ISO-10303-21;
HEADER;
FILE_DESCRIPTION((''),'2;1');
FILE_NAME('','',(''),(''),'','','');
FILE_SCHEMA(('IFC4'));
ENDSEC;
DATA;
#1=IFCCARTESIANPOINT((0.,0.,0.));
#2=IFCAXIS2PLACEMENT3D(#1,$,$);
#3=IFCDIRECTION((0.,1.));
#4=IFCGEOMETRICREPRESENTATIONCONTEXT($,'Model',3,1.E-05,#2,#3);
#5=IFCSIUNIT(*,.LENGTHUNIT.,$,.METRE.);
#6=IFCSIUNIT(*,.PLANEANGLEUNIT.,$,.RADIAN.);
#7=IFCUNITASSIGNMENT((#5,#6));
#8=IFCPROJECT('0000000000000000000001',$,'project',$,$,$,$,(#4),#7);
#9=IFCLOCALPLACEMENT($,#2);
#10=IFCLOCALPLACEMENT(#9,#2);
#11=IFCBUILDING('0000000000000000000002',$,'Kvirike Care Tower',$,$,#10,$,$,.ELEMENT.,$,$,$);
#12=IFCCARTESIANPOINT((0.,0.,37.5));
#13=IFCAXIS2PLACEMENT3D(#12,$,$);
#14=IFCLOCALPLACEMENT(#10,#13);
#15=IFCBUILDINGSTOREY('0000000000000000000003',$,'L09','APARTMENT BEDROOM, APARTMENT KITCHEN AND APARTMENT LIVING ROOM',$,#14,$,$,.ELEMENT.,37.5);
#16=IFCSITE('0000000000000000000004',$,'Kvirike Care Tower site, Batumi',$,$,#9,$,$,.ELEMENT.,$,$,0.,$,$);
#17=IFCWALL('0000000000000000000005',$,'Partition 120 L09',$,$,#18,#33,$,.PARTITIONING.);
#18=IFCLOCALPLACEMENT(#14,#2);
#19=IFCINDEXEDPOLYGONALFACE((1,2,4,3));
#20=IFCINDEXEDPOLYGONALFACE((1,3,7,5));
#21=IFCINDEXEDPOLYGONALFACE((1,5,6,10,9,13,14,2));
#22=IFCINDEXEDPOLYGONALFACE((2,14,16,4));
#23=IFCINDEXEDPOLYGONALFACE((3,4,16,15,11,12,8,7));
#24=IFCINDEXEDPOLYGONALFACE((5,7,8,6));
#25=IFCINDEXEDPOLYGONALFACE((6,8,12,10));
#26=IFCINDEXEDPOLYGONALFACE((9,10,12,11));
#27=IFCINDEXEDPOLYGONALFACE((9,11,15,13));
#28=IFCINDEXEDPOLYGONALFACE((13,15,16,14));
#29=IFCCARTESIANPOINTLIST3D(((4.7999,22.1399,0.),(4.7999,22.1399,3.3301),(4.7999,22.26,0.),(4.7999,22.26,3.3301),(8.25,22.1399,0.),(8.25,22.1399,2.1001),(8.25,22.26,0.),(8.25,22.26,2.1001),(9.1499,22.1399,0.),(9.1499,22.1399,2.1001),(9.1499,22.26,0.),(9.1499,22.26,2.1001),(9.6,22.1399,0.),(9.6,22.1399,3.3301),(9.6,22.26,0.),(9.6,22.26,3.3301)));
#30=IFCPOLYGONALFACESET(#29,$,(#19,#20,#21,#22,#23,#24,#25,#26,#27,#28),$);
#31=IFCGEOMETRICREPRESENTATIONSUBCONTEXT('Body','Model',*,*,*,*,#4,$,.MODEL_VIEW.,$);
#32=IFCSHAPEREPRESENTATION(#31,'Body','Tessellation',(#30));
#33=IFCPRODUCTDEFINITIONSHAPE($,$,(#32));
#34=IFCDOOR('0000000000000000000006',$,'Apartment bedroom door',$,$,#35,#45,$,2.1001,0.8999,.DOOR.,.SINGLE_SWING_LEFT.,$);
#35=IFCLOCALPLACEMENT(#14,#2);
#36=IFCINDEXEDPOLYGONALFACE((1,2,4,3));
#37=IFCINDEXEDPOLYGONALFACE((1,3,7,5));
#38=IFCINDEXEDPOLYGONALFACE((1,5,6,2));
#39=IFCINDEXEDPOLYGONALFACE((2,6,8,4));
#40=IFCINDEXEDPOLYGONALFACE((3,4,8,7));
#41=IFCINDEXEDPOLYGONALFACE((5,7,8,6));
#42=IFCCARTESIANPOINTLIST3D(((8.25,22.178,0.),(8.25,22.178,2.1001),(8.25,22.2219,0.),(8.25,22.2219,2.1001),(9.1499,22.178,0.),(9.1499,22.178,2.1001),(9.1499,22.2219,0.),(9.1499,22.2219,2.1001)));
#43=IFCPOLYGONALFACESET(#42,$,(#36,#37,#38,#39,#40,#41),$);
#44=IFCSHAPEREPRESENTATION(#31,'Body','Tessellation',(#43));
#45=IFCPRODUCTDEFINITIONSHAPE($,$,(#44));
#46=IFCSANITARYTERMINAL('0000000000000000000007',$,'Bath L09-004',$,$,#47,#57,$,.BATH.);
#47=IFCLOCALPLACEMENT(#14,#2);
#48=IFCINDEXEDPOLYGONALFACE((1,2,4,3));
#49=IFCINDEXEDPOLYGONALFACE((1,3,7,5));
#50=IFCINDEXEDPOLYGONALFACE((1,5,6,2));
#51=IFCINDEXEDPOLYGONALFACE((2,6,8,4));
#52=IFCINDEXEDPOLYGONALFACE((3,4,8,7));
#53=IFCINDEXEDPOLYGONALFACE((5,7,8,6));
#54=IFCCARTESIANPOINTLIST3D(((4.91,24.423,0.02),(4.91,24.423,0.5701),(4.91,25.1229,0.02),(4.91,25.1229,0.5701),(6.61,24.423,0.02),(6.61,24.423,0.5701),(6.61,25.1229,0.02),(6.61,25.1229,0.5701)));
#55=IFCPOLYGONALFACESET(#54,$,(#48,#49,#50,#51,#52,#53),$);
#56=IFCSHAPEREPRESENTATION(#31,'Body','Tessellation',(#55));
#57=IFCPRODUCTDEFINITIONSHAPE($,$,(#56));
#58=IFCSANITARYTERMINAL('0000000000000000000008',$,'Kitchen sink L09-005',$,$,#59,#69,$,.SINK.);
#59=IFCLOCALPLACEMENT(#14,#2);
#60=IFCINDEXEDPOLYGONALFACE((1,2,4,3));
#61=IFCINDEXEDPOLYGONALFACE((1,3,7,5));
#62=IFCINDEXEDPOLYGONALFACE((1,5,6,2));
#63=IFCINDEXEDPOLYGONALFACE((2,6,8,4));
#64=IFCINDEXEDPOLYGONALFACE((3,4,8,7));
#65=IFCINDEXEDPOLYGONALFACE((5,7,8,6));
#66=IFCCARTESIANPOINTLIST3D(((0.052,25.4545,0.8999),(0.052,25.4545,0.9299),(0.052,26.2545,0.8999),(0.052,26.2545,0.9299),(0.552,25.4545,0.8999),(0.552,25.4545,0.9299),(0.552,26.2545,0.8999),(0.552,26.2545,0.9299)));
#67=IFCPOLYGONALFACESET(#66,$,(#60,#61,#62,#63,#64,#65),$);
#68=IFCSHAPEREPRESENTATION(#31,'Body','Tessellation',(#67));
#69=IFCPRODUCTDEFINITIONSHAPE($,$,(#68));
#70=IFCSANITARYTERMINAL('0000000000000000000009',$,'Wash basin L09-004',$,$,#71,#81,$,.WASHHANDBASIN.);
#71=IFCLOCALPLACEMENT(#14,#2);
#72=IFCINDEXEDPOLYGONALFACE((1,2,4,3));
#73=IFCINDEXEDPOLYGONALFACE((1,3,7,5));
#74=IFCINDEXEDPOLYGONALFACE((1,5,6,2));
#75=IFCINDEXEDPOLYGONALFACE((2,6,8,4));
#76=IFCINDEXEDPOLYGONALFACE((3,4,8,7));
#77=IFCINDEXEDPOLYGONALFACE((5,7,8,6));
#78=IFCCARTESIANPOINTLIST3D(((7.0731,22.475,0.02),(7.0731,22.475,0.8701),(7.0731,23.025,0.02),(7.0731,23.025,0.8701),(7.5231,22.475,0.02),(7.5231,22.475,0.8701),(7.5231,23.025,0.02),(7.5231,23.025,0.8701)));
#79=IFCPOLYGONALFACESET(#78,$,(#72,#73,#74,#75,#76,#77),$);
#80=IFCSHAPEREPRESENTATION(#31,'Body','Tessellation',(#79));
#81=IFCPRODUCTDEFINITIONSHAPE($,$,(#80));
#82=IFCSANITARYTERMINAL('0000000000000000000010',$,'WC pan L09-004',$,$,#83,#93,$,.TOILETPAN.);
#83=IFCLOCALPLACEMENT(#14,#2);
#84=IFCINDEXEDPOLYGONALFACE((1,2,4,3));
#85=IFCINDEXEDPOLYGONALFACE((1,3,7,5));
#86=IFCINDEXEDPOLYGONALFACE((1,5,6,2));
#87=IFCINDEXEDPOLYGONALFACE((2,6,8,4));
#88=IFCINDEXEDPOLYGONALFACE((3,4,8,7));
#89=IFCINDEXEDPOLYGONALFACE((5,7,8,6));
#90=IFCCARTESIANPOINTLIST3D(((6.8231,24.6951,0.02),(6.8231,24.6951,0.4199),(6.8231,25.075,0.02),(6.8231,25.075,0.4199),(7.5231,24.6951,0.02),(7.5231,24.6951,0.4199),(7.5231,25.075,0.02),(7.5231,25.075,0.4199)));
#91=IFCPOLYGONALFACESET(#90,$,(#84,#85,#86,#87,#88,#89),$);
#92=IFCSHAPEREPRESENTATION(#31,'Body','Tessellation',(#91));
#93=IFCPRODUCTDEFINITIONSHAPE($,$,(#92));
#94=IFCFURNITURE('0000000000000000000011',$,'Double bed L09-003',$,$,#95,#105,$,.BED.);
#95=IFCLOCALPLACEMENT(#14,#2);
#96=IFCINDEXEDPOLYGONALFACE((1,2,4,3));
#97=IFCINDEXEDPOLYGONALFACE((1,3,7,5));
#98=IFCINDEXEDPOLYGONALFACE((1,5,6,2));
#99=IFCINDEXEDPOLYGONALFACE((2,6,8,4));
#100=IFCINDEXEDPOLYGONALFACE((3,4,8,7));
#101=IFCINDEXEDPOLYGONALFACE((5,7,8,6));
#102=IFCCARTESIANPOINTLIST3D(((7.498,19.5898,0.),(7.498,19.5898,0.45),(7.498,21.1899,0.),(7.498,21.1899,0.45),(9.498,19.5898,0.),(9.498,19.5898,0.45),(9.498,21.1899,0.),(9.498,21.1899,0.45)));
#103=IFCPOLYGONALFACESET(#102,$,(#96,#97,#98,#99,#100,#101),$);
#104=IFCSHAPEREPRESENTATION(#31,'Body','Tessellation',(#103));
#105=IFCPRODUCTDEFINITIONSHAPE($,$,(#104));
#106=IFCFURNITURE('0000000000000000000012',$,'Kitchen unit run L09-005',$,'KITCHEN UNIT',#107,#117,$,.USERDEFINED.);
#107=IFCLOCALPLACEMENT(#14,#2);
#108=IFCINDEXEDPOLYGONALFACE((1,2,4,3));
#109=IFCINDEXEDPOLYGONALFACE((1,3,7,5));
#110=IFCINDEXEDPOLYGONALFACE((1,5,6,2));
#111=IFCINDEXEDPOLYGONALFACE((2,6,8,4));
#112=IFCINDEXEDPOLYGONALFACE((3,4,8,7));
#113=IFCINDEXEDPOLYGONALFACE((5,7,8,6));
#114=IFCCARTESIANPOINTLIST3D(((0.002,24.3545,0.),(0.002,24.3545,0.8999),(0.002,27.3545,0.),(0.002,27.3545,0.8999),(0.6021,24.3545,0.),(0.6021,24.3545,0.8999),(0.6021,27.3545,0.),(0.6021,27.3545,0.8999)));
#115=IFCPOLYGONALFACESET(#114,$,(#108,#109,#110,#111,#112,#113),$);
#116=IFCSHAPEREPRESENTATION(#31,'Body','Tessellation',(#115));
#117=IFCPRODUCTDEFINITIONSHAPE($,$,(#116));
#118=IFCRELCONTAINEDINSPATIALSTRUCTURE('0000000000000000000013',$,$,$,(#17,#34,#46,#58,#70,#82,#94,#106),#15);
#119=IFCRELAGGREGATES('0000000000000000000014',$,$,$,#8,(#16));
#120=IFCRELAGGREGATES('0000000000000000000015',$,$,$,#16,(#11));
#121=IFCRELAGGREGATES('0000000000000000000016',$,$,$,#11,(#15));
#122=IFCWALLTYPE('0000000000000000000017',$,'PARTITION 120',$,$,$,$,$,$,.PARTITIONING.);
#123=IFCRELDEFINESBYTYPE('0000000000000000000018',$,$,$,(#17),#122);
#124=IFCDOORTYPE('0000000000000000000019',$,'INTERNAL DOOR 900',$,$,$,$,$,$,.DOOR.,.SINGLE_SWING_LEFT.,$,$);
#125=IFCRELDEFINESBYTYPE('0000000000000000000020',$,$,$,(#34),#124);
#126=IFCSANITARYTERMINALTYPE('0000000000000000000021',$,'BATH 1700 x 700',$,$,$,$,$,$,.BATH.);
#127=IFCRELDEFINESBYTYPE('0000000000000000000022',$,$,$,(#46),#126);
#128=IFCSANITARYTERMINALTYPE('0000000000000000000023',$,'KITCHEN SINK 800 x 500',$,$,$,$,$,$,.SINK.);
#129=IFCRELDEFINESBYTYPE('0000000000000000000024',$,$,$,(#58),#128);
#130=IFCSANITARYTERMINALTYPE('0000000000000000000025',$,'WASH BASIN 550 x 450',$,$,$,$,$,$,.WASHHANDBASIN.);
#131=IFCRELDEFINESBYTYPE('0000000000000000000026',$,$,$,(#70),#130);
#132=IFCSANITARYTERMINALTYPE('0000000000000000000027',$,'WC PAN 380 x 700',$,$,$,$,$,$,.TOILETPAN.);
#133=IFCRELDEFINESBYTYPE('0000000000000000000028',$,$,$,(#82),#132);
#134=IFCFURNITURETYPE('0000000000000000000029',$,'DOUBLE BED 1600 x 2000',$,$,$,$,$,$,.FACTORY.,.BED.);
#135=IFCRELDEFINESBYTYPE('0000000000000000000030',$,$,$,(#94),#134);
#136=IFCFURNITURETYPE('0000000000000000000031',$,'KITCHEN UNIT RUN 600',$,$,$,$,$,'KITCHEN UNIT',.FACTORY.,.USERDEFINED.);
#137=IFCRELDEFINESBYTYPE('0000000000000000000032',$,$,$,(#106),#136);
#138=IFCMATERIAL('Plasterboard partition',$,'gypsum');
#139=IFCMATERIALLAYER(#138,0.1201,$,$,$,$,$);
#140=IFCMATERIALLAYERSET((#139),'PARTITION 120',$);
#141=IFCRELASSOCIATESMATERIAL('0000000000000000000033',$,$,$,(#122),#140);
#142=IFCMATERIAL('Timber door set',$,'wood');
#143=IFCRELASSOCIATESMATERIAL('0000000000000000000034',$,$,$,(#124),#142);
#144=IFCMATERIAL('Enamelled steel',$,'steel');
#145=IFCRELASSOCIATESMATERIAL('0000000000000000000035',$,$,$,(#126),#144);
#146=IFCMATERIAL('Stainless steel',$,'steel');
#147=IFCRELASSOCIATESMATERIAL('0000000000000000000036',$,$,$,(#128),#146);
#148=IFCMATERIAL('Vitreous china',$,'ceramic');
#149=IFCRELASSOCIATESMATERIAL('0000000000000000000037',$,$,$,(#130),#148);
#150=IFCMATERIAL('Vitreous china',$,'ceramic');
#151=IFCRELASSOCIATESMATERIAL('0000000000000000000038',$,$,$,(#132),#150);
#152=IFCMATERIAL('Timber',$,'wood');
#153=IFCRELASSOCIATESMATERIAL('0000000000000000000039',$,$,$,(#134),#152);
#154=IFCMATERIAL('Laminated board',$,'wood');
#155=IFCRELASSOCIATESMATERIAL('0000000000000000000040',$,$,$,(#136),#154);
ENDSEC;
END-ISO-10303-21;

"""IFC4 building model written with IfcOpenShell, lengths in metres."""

from ifc_helpers import new_model, si_unit, direction, frame, frame_2d, origin, origin_2d, place, context, subcontext, project, spatial, rectangle, extrude, material, layer, layer_set, type_object, element, fill, save


model = new_model("IFC4")

# Units and contexts
model_context = context("Model", 3, precision=1e-05, world=origin(), true_north=direction((0.0, 1.0)))
body_context = subcontext(model_context, "Body", "Model", "MODEL_VIEW")
ifc_project = project(units=[si_unit("LENGTHUNIT", "METRE"), si_unit("PLANEANGLEUNIT", "RADIAN")], contexts=[model_context])

# Site, building, storey
site_placement = place(None, origin())
site = spatial("IfcSite", under=ifc_project, at=site_placement, Name="Kvirike Care Tower site, Batumi", CompositionType="ELEMENT", RefElevation=0.0)
building_placement = place(site_placement, origin())
building = spatial("IfcBuilding", under=site, at=building_placement, Name="Kvirike Care Tower", CompositionType="ELEMENT")
storey_placement = place(building_placement, frame((0.0, 0.0, 37.5)))
storey = spatial("IfcBuildingStorey", under=building, at=storey_placement, Name="L09", Description="APARTMENT BEDROOM, APARTMENT KITCHEN AND APARTMENT LIVING ROOM", CompositionType="ELEMENT", Elevation=37.5)

# Wall, opening, door
ifc_material_1 = material(Name="Plasterboard partition", Category="gypsum")
ifc_layer_1 = layer(ifc_material_1, 0.1201)
ifc_layer_set_1 = layer_set([ifc_layer_1], Name="PARTITION 120")
wall_type_1 = type_object("IfcWallType", Name="PARTITION 120", PredefinedType="PARTITIONING", material=ifc_layer_set_1)
ifc_material_2 = material(Name="Timber door set", Category="wood")
door_type_1 = type_object("IfcDoorType", Name="INTERNAL DOOR 900", OperationType="SINGLE_SWING_LEFT", PredefinedType="DOOR", material=ifc_material_2)
wall_1_placement = place(storey_placement, frame((4.8, 22.2, 0.0), z_axis=(0.0, 0.0, 1.0), x_axis=(1.0, 0.0, 0.0)))
wall_1 = element("IfcWall", 1, at=wall_1_placement, inside=storey, type_object=wall_type_1, Name="Partition 120 L09", PredefinedType="PARTITIONING", context=body_context, shape_type="SweptSolid", body=[
    extrude(rectangle(XDim=4.8, YDim=0.1201, at=frame_2d((2.3999, 0.0))), origin(), (0.0, 0.0, 1.0), 3.3301),
])
opening_1_placement = place(wall_1_placement, frame((3.45, 0.0, 0.0)))
opening_1 = element("IfcOpeningElement", 2, at=opening_1_placement, cuts=wall_1, PredefinedType="OPENING", context=body_context, shape_type="SweptSolid", body=[
    extrude(rectangle(XDim=0.8999, YDim=2.1001, at=frame_2d((0.45, 1.05))), frame((0.0, 0.0706, 0.0), z_axis=(0.0, -1.0, 0.0), x_axis=(1.0, 0.0, 0.0)), (0.0, 0.0, 1.0), 0.1411),
])
door_1_placement = place(opening_1_placement, origin())
door_1 = element("IfcDoor", 3, at=door_1_placement, inside=storey, type_object=door_type_1, Name="Apartment bedroom door", OperationType="SINGLE_SWING_LEFT", OverallHeight=2.1001, OverallWidth=0.8999, PredefinedType="DOOR", context=body_context, shape_type="SweptSolid", body=[
    extrude(rectangle(XDim=0.8999, YDim=2.1001, at=frame_2d((0.45, 1.05))), frame((0.0, 0.022, 0.0), z_axis=(0.0, -1.0, 0.0), x_axis=(1.0, 0.0, 0.0)), (0.0, 0.0, 1.0), 0.0439),
])
fill(opening_1, door_1)

# Sanitary terminals
ifc_material_3 = material(Name="Enamelled steel", Category="steel")
sanitary_terminal_type_1 = type_object("IfcSanitaryTerminalType", Name="BATH 1700 x 700", PredefinedType="BATH", material=ifc_material_3)
sanitary_terminal_1_placement = place(storey_placement, frame((5.76, 24.7729, 0.02), z_axis=(0.0, 0.0, 1.0), x_axis=(1.0, 0.0, 0.0)))
element("IfcSanitaryTerminal", 4, at=sanitary_terminal_1_placement, inside=storey, type_object=sanitary_terminal_type_1, Name="Bath L09-004", PredefinedType="BATH", context=body_context, shape_type="SweptSolid", body=[
    extrude(rectangle(XDim=1.7, YDim=0.7, at=origin_2d()), origin(), (0.0, 0.0, 1.0), 0.55),
])
ifc_material_4 = material(Name="Stainless steel", Category="steel")
sanitary_terminal_type_2 = type_object("IfcSanitaryTerminalType", Name="KITCHEN SINK 800 x 500", PredefinedType="SINK", material=ifc_material_4)
sanitary_terminal_2_placement = place(storey_placement, frame((0.302, 25.8545, 0.8999), z_axis=(0.0, 0.0, 1.0), x_axis=(0.0, 1.0, 0.0)))
element("IfcSanitaryTerminal", 5, at=sanitary_terminal_2_placement, inside=storey, type_object=sanitary_terminal_type_2, Name="Kitchen sink L09-005", PredefinedType="SINK", context=body_context, shape_type="SweptSolid", body=[
    extrude(rectangle(XDim=0.8, YDim=0.5, at=origin_2d()), origin(), (0.0, 0.0, 1.0), 0.03),
])
ifc_material_5 = material(Name="Vitreous china", Category="ceramic")
sanitary_terminal_type_3 = type_object("IfcSanitaryTerminalType", Name="WASH BASIN 550 x 450", PredefinedType="WASHHANDBASIN", material=ifc_material_5)
sanitary_terminal_3_placement = place(storey_placement, frame((7.2981, 22.75, 0.02), z_axis=(0.0, 0.0, 1.0), x_axis=(0.0, -1.0, 0.0)))
element("IfcSanitaryTerminal", 6, at=sanitary_terminal_3_placement, inside=storey, type_object=sanitary_terminal_type_3, Name="Wash basin L09-004", PredefinedType="WASHHANDBASIN", context=body_context, shape_type="SweptSolid", body=[
    extrude(rectangle(XDim=0.55, YDim=0.45, at=origin_2d()), origin(), (0.0, 0.0, 1.0), 0.8501),
])
ifc_material_6 = material(Name="Vitreous china", Category="ceramic")
sanitary_terminal_type_4 = type_object("IfcSanitaryTerminalType", Name="WC PAN 380 x 700", PredefinedType="TOILETPAN", material=ifc_material_6)
sanitary_terminal_4_placement = place(storey_placement, frame((7.1731, 24.885, 0.02), z_axis=(0.0, 0.0, 1.0), x_axis=(0.0, -1.0, 0.0)))
element("IfcSanitaryTerminal", 7, at=sanitary_terminal_4_placement, inside=storey, type_object=sanitary_terminal_type_4, Name="WC pan L09-004", PredefinedType="TOILETPAN", context=body_context, shape_type="SweptSolid", body=[
    extrude(rectangle(XDim=0.3799, YDim=0.7, at=origin_2d()), origin(), (0.0, 0.0, 1.0), 0.3999),
])

# Furniture
ifc_material_7 = material(Name="Timber", Category="wood")
furniture_type_1 = type_object("IfcFurnitureType", Name="DOUBLE BED 1600 x 2000", AssemblyPlace="FACTORY", PredefinedType="BED", material=ifc_material_7)
furniture_1_placement = place(storey_placement, frame((8.498, 20.3899, 0.0), z_axis=(0.0, 0.0, 1.0), x_axis=(0.0, -1.0, 0.0)))
element("IfcFurniture", 8, at=furniture_1_placement, inside=storey, type_object=furniture_type_1, Name="Double bed L09-003", PredefinedType="BED", context=body_context, shape_type="SweptSolid", body=[
    extrude(rectangle(XDim=1.6001, YDim=2.0, at=origin_2d()), origin(), (0.0, 0.0, 1.0), 0.45),
])
ifc_material_8 = material(Name="Laminated board", Category="wood")
furniture_type_2 = type_object("IfcFurnitureType", Name="KITCHEN UNIT RUN 600", ElementType="KITCHEN UNIT", AssemblyPlace="FACTORY", PredefinedType="USERDEFINED", material=ifc_material_8)
furniture_2_placement = place(storey_placement, frame((0.302, 25.8545, 0.0), z_axis=(0.0, 0.0, 1.0), x_axis=(0.0, 1.0, 0.0)))
element("IfcFurniture", 9, at=furniture_2_placement, inside=storey, type_object=furniture_type_2, Name="Kitchen unit run L09-005", ObjectType="KITCHEN UNIT", PredefinedType="USERDEFINED", context=body_context, shape_type="SweptSolid", body=[
    extrude(rectangle(XDim=3.0, YDim=0.6001, at=origin_2d()), origin(), (0.0, 0.0, 1.0), 0.8999),
])

save(model, "model.ifc")
